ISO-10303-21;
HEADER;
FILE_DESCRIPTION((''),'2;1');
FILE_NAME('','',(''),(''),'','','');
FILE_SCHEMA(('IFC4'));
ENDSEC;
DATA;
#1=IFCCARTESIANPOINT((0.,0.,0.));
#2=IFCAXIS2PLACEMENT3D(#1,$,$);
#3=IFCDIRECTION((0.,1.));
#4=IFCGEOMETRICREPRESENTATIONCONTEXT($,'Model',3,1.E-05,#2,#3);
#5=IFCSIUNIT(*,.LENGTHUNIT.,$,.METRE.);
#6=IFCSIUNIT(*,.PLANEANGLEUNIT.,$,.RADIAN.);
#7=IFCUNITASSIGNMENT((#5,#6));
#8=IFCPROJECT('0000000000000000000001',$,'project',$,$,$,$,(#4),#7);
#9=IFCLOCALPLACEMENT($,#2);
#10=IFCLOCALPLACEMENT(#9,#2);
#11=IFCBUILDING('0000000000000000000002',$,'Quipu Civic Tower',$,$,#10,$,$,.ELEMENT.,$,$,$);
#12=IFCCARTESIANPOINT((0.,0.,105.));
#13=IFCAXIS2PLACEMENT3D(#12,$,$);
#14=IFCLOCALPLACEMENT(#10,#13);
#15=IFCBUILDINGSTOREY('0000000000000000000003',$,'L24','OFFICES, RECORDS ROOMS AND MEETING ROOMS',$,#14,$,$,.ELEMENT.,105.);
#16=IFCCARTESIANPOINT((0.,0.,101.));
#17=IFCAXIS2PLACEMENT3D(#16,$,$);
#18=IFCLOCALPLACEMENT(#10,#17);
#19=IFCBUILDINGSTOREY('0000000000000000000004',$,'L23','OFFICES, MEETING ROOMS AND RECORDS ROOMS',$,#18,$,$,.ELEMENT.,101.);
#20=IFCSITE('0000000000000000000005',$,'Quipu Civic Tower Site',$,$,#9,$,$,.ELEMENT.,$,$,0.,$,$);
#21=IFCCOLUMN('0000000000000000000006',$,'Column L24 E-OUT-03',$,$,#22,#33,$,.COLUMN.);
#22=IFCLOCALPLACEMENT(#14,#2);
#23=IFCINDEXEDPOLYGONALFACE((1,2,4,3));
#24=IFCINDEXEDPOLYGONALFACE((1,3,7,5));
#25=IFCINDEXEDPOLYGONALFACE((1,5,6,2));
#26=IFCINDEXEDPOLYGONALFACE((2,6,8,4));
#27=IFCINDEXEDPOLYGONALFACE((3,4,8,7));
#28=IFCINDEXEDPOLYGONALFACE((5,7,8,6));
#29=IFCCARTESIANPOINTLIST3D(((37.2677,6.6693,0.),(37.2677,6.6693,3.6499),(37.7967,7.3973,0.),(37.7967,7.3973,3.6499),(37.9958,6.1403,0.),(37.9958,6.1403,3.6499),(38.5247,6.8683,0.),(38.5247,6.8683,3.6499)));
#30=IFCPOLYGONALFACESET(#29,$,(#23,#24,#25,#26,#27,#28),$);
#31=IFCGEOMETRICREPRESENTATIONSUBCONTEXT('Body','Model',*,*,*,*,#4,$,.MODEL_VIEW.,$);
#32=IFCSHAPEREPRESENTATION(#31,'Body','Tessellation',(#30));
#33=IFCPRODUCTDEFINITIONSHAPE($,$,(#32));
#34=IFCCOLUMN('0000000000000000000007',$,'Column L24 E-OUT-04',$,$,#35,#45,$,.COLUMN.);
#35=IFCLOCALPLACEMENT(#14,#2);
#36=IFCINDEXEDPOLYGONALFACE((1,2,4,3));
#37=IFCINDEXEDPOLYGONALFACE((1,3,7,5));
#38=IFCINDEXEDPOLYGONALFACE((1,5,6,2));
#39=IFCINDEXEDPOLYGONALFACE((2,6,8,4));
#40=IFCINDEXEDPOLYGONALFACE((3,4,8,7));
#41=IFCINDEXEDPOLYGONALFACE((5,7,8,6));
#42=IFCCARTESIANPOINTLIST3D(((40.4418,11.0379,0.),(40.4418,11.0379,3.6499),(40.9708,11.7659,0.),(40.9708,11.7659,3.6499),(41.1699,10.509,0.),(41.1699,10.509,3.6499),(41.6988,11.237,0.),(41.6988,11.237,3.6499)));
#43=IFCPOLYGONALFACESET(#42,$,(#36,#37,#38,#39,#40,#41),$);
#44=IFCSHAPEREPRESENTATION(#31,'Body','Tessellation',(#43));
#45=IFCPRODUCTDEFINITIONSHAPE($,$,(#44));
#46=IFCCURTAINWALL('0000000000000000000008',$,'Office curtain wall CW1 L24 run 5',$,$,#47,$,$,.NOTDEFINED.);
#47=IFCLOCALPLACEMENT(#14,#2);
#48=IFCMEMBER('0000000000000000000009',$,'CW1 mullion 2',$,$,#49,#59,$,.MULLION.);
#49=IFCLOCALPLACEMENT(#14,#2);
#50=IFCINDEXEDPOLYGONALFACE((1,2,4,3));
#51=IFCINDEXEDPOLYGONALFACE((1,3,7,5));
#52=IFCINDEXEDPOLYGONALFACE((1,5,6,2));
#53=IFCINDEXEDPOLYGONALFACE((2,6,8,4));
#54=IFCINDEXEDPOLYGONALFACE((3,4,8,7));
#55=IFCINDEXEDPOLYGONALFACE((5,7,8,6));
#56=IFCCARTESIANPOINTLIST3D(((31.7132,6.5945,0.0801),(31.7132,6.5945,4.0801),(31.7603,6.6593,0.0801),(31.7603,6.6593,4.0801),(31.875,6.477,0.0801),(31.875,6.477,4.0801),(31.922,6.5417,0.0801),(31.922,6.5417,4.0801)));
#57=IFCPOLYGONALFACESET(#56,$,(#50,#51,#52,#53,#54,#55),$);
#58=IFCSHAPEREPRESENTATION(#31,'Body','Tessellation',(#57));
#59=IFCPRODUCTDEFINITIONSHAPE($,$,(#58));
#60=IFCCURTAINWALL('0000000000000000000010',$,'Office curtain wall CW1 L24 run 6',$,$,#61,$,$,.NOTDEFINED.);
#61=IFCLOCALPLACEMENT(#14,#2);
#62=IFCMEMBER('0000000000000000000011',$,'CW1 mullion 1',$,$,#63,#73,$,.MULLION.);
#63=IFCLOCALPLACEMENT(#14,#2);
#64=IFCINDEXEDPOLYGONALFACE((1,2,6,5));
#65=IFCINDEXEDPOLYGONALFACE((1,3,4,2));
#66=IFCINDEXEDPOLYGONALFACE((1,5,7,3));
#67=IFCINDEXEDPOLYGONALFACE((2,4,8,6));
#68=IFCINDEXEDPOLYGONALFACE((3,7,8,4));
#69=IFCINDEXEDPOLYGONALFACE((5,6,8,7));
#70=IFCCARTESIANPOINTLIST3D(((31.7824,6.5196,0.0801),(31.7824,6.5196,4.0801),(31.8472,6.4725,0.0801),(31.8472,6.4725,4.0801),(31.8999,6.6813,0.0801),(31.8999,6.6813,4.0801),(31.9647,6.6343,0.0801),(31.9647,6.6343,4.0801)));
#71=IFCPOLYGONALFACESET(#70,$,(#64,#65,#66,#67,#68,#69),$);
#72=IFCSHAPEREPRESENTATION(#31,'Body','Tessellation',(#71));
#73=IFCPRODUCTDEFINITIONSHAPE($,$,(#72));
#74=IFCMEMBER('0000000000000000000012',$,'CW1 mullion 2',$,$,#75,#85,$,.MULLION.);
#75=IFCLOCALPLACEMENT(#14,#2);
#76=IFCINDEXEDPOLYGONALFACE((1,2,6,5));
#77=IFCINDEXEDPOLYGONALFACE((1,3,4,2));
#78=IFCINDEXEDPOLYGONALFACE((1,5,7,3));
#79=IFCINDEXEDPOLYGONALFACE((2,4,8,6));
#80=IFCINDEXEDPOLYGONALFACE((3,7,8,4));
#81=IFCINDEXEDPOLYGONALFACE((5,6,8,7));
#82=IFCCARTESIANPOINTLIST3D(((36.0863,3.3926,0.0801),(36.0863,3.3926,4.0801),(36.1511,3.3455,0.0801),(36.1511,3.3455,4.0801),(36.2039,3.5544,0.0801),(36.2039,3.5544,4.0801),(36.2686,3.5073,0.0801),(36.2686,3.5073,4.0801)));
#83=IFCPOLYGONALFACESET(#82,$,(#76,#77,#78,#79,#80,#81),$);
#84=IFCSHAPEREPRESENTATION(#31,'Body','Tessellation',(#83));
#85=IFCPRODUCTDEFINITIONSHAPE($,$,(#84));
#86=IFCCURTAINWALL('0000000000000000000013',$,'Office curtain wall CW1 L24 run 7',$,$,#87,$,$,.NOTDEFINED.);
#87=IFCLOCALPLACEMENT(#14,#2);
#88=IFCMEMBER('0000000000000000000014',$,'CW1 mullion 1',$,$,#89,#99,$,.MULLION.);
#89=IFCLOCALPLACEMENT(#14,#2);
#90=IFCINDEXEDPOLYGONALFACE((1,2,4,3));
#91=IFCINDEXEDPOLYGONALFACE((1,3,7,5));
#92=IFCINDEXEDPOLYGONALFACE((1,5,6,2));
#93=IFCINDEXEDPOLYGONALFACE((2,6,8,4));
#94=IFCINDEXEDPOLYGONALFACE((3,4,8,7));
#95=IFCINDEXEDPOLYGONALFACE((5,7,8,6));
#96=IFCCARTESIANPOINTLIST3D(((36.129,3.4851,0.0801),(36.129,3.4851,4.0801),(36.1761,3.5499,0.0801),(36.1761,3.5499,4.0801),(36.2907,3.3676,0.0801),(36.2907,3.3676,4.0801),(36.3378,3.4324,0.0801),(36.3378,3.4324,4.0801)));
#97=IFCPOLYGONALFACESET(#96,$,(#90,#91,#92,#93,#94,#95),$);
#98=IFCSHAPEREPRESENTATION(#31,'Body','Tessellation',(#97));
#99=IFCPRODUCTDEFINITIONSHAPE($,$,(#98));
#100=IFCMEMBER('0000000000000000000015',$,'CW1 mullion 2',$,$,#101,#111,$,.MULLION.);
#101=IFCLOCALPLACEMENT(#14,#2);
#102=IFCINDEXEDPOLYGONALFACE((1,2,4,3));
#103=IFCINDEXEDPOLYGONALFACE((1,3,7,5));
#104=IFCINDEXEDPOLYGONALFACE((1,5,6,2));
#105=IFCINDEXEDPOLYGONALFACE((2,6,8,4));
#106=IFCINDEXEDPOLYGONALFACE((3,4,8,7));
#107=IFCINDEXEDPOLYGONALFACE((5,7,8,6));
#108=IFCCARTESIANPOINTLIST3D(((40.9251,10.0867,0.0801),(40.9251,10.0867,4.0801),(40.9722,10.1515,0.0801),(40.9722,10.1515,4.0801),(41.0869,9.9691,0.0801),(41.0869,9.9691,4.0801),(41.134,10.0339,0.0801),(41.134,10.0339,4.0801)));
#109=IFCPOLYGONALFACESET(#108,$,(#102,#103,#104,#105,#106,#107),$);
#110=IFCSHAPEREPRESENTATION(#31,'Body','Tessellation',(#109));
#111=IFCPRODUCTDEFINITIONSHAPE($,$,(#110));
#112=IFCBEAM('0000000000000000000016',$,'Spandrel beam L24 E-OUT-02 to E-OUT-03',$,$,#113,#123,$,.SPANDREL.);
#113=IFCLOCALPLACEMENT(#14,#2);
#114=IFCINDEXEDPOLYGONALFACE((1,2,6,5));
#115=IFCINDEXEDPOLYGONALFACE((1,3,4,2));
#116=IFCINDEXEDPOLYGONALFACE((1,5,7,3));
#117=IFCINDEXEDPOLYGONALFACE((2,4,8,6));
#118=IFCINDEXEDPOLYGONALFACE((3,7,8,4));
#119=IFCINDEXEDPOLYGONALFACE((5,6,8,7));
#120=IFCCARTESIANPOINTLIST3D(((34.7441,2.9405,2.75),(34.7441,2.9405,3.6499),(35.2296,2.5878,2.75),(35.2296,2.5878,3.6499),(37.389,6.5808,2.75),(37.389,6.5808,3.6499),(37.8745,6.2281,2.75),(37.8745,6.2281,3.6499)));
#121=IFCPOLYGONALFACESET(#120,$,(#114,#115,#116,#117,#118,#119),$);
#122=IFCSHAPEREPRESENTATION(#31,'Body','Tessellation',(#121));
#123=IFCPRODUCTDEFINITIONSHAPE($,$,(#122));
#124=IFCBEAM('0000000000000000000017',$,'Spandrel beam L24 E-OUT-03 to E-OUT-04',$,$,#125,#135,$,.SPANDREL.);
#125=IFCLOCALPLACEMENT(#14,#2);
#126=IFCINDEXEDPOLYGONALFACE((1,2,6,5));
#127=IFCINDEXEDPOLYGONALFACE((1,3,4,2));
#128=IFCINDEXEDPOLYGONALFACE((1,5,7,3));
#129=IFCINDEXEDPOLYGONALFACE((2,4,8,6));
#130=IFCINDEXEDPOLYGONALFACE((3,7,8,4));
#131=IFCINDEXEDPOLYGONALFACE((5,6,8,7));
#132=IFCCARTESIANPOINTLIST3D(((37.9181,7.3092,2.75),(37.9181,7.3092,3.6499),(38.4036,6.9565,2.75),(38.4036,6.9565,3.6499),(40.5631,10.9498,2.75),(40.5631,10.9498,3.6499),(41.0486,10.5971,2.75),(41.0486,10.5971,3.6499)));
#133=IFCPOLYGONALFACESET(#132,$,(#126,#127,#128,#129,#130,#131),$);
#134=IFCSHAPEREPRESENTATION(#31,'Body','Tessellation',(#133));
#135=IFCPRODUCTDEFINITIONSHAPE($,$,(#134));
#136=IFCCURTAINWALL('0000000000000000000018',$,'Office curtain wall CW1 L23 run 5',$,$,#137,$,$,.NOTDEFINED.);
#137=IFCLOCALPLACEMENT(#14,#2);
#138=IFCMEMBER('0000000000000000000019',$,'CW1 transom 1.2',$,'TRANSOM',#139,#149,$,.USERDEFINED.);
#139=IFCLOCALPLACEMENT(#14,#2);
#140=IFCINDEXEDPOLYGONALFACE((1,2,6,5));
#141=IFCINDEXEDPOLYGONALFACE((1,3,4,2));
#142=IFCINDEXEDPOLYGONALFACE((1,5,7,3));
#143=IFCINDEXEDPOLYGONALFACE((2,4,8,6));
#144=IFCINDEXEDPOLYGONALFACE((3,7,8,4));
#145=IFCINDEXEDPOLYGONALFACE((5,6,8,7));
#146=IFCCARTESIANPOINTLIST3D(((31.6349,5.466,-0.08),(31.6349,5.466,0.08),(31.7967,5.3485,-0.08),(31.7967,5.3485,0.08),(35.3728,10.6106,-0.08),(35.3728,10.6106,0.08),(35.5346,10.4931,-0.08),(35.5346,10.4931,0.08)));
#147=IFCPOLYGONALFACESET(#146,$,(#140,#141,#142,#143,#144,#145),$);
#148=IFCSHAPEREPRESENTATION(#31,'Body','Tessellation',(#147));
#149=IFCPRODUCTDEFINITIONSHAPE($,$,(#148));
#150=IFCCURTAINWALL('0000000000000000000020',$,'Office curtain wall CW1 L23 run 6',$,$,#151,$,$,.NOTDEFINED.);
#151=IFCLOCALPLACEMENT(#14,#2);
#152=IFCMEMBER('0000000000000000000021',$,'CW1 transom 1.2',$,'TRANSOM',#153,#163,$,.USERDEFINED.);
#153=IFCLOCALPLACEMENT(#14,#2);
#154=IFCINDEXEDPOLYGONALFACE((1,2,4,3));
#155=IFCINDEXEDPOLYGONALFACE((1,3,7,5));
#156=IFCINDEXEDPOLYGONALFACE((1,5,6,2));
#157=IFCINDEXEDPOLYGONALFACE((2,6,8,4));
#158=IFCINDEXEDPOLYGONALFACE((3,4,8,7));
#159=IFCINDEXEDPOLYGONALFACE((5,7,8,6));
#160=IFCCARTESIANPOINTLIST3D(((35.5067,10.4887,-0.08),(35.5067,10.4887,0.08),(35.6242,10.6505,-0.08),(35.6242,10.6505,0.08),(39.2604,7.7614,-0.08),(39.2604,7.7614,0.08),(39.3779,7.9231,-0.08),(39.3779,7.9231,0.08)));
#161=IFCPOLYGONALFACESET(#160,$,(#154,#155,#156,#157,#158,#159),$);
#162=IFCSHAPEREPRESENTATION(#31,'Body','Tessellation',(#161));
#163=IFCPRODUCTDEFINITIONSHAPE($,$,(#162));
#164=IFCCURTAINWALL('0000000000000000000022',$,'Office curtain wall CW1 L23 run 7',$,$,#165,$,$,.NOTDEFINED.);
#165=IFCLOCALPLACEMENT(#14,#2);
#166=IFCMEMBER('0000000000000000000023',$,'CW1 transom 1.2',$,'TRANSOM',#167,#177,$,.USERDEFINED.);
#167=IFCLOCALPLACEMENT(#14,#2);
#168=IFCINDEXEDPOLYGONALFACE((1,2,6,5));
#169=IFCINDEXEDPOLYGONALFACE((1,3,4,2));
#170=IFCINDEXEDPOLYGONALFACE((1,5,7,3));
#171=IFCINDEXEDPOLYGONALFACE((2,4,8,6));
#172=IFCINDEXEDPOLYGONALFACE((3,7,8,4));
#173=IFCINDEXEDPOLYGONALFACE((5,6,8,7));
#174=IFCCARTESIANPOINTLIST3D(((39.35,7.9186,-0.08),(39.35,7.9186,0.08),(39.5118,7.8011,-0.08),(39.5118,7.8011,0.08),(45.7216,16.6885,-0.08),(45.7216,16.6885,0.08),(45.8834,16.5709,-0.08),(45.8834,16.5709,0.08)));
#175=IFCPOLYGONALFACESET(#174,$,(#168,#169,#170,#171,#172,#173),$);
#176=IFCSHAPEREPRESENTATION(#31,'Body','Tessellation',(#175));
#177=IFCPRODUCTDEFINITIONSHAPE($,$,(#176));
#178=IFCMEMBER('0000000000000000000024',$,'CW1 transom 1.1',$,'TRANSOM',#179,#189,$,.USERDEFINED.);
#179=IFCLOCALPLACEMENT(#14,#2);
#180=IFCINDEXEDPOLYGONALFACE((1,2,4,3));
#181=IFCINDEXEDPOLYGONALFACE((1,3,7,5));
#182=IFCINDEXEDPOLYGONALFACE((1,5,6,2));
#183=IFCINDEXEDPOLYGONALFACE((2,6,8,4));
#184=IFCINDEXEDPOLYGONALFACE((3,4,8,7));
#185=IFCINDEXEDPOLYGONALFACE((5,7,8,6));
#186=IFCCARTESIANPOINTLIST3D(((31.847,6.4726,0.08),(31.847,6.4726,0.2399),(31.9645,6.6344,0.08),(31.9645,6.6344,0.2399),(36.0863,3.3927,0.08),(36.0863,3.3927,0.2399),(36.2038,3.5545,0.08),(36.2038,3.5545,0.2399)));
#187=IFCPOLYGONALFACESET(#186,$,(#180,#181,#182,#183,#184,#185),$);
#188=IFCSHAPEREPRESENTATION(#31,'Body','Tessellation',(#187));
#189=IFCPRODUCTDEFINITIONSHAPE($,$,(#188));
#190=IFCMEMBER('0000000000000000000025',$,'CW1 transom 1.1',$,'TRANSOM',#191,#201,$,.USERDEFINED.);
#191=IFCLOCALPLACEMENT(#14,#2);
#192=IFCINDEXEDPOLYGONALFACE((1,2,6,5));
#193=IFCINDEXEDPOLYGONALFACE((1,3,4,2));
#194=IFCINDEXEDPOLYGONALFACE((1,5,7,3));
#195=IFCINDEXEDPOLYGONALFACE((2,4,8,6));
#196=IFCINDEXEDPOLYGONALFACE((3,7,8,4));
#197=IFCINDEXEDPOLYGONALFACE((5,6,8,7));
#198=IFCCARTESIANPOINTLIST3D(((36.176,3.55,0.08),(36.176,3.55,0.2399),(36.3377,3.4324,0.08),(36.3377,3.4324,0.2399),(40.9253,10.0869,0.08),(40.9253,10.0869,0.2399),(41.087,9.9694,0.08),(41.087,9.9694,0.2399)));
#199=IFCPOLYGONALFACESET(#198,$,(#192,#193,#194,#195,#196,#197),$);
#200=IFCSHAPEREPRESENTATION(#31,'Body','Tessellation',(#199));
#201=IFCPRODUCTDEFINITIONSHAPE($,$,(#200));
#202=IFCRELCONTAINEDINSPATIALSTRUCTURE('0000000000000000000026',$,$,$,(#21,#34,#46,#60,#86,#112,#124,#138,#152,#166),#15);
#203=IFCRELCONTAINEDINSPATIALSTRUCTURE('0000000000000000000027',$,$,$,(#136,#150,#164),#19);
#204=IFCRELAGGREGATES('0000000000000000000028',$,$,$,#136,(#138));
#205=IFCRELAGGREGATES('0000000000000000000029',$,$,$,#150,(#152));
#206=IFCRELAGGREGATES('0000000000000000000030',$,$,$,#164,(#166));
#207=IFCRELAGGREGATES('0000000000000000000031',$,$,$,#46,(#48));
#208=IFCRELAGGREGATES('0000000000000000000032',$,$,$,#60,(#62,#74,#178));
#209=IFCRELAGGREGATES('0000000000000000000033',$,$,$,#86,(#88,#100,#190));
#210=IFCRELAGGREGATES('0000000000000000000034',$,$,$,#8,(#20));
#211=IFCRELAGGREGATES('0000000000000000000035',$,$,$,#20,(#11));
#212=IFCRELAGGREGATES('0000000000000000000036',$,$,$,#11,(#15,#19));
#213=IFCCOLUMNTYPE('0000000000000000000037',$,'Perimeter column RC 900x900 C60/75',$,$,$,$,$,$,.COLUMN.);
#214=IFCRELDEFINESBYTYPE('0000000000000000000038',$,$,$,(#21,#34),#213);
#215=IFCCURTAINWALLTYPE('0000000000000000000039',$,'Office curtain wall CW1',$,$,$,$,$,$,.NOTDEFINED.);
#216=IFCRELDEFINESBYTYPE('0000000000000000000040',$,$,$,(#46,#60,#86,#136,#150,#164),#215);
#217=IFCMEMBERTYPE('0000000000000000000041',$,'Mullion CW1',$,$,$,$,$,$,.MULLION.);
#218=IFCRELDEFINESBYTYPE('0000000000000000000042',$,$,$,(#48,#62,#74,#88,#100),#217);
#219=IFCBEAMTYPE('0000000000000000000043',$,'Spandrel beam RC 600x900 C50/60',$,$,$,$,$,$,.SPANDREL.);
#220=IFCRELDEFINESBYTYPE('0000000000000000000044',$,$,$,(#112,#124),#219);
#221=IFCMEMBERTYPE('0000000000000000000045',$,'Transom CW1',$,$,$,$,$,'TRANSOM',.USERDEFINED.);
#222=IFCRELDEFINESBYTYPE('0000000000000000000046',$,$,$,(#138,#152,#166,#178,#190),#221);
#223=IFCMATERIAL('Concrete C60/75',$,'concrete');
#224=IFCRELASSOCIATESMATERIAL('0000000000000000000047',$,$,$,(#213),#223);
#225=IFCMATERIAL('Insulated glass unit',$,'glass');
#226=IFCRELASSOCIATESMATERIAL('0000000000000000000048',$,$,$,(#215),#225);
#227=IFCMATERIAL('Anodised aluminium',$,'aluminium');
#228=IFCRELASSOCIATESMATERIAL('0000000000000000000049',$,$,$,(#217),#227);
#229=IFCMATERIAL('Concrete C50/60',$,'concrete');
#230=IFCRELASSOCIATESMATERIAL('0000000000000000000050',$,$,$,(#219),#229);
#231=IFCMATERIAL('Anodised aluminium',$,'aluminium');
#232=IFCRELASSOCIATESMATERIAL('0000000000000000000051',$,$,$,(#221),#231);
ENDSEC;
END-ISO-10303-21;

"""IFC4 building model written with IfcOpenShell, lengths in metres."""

from ifc_helpers import new_model, si_unit, direction, frame, origin, origin_2d, place, context, subcontext, project, spatial, rectangle, extrude, material, material_profile, profile_set, type_object, element, aggregate, save


model = new_model("IFC4")

# Units and contexts
model_context = context("Model", 3, precision=1e-05, world=origin(), true_north=direction((0.0, 1.0)))
body_context = subcontext(model_context, "Body", "Model", "MODEL_VIEW")
ifc_project = project(units=[si_unit("LENGTHUNIT", "METRE"), si_unit("PLANEANGLEUNIT", "RADIAN")], contexts=[model_context])

# Site, building, storey
site_placement = place(None, origin())
site = spatial("IfcSite", under=ifc_project, at=site_placement, Name="Quipu Civic Tower Site", CompositionType="ELEMENT", RefElevation=0.0)
building_placement = place(site_placement, origin())
building = spatial("IfcBuilding", under=site, at=building_placement, Name="Quipu Civic Tower", CompositionType="ELEMENT")
storey_1_placement = place(building_placement, frame((0.0, 0.0, 105.0)))
storey_1 = spatial("IfcBuildingStorey", under=building, at=storey_1_placement, Name="L24", Description="OFFICES, RECORDS ROOMS AND MEETING ROOMS", CompositionType="ELEMENT", Elevation=105.0)

# Columns
ifc_material_1 = material(Name="Concrete C60/75", Category="concrete")
ifc_material_profile_1 = material_profile(ifc_material_1, rectangle(XDim=0.8999, YDim=0.8999, at=origin_2d()), Name="RC900x900")
ifc_profile_set_1 = profile_set([ifc_material_profile_1], Name="Concrete C60/75")
column_type = type_object("IfcColumnType", Name="Perimeter column RC 900x900 C60/75", PredefinedType="COLUMN", material=ifc_profile_set_1)
for number, where, z_axis, x_axis, name in (
    (1, (37.8962, 6.7688, 0.0), (0.0, 0.0, 1.0), (0.587785, 0.809017, 0.0), "Column L24 E-OUT-03"),
    (2, (41.0703, 11.1375, 0.0), (0.0, 0.0, 1.0), (0.587785, 0.809017, 0.0), "Column L24 E-OUT-04"),
):
    element("IfcColumn", number, at=place(storey_1_placement, frame(where, z_axis=z_axis, x_axis=x_axis)), inside=storey_1, type_object=column_type, Name=name, PredefinedType="COLUMN", context=body_context, shape_type="SweptSolid", body=[
        extrude(rectangle(XDim=0.8999, YDim=0.8999, at=origin_2d()), origin(), (0.0, 0.0, 1.0), 3.6499),
    ])

# Curtain wall, member
ifc_material_2 = material(Name="Insulated glass unit", Category="glass")
curtain_wall_type = type_object("IfcCurtainWallType", Name="Office curtain wall CW1", PredefinedType="NOTDEFINED", material=ifc_material_2)
curtain_wall_1_placement = place(storey_1_placement, origin())
curtain_wall_1 = element("IfcCurtainWall", 3, at=curtain_wall_1_placement, inside=storey_1, type_object=curtain_wall_type, Name="Office curtain wall CW1 L24 run 5", PredefinedType="NOTDEFINED")
ifc_material_3 = material(Name="Anodised aluminium", Category="aluminium")
ifc_material_profile_2 = material_profile(ifc_material_3, rectangle(XDim=0.2, YDim=0.0801, at=origin_2d()), Name="RECT 200x80")
ifc_profile_set_2 = profile_set([ifc_material_profile_2], Name="Anodised aluminium")
member_type_1 = type_object("IfcMemberType", Name="Mullion CW1", PredefinedType="MULLION", material=ifc_profile_set_2)
member_1_placement = place(storey_1_placement, frame((31.8176, 6.5681, 0.0801), z_axis=(0.0, 0.0, 1.0), x_axis=(-0.809022, 0.587778, 0.0)))
member_1 = element("IfcMember", 4, at=member_1_placement, type_object=member_type_1, Name="CW1 mullion 2", PredefinedType="MULLION", context=body_context, shape_type="SweptSolid", body=[
    extrude(rectangle(XDim=0.2, YDim=0.0801, at=origin_2d()), origin(), (0.0, 0.0, 1.0), 4.0),
])

# Curtain walls, members
curtain_wall_2_placement = place(storey_1_placement, origin())
curtain_wall_2 = element("IfcCurtainWall", 5, at=curtain_wall_2_placement, inside=storey_1, type_object=curtain_wall_type, Name="Office curtain wall CW1 L24 run 6", PredefinedType="NOTDEFINED")
member_2_placement = place(storey_1_placement, frame((31.8735, 6.5769, 0.0801), z_axis=(0.0, 0.0, 1.0), x_axis=(0.58778, 0.809021, 0.0)))
member_2 = element("IfcMember", 6, at=member_2_placement, type_object=member_type_1, Name="CW1 mullion 1", PredefinedType="MULLION", context=body_context, shape_type="SweptSolid", body=[
    extrude(rectangle(XDim=0.2, YDim=0.0801, at=origin_2d()), origin(), (0.0, 0.0, 1.0), 4.0),
])
member_3_placement = place(storey_1_placement, frame((36.1775, 3.45, 0.0801), z_axis=(0.0, 0.0, 1.0), x_axis=(0.58778, 0.809021, 0.0)))
member_3 = element("IfcMember", 7, at=member_3_placement, type_object=member_type_1, Name="CW1 mullion 2", PredefinedType="MULLION", context=body_context, shape_type="SweptSolid", body=[
    extrude(rectangle(XDim=0.2, YDim=0.0801, at=origin_2d()), origin(), (0.0, 0.0, 1.0), 4.0),
])
curtain_wall_3_placement = place(storey_1_placement, origin())
curtain_wall_3 = element("IfcCurtainWall", 8, at=curtain_wall_3_placement, inside=storey_1, type_object=curtain_wall_type, Name="Office curtain wall CW1 L24 run 7", PredefinedType="NOTDEFINED")
member_4_placement = place(storey_1_placement, frame((36.2334, 3.4587, 0.0801), z_axis=(0.0, 0.0, 1.0), x_axis=(-0.809015, 0.587788, 0.0)))
member_4 = element("IfcMember", 9, at=member_4_placement, type_object=member_type_1, Name="CW1 mullion 1", PredefinedType="MULLION", context=body_context, shape_type="SweptSolid", body=[
    extrude(rectangle(XDim=0.2, YDim=0.0801, at=origin_2d()), origin(), (0.0, 0.0, 1.0), 4.0),
])
member_5_placement = place(storey_1_placement, frame((41.0295, 10.0603, 0.0801), z_axis=(0.0, 0.0, 1.0), x_axis=(-0.809015, 0.587788, 0.0)))
member_5 = element("IfcMember", 10, at=member_5_placement, type_object=member_type_1, Name="CW1 mullion 2", PredefinedType="MULLION", context=body_context, shape_type="SweptSolid", body=[
    extrude(rectangle(XDim=0.2, YDim=0.0801, at=origin_2d()), origin(), (0.0, 0.0, 1.0), 4.0),
])

# Beams
ifc_material_4 = material(Name="Concrete C50/60", Category="concrete")
ifc_material_profile_3 = material_profile(ifc_material_4, rectangle(XDim=0.6001, YDim=0.8999, at=origin_2d()), Name="RC600x900")
ifc_profile_set_3 = profile_set([ifc_material_profile_3], Name="Concrete C50/60")
beam_type = type_object("IfcBeamType", Name="Spandrel beam RC 600x900 C50/60", PredefinedType="SPANDREL", material=ifc_profile_set_3)
beam_1_placement = place(storey_1_placement, frame((34.9868, 2.7642, 3.2), z_axis=(0.587804, 0.809003, 0.0), x_axis=(-0.809003, 0.587804, 0.0)))
element("IfcBeam", 11, at=beam_1_placement, inside=storey_1, type_object=beam_type, Name="Spandrel beam L24 E-OUT-02 to E-OUT-03", PredefinedType="SPANDREL", context=body_context, shape_type="SweptSolid", body=[
    extrude(rectangle(XDim=0.6001, YDim=0.8999, at=origin_2d()), origin(), (0.0, 0.0, 1.0), 4.4998),
])
beam_2_placement = place(storey_1_placement, frame((38.1609, 7.1328, 3.2), z_axis=(0.587778, 0.809022, 0.0), x_axis=(-0.809022, 0.587778, 0.0)))
element("IfcBeam", 12, at=beam_2_placement, inside=storey_1, type_object=beam_type, Name="Spandrel beam L24 E-OUT-03 to E-OUT-04", PredefinedType="SPANDREL", context=body_context, shape_type="SweptSolid", body=[
    extrude(rectangle(XDim=0.6001, YDim=0.8999, at=origin_2d()), origin(), (0.0, 0.0, 1.0), 4.5),
])

# Shared definitions
storey_2_placement = place(building_placement, frame((0.0, 0.0, 101.0)))
storey_2 = spatial("IfcBuildingStorey", under=building, at=storey_2_placement, Name="L23", Description="OFFICES, MEETING ROOMS AND RECORDS ROOMS", CompositionType="ELEMENT", Elevation=101.0)

# Curtain walls, members
curtain_wall_4_placement = place(storey_2_placement, origin())
curtain_wall_4 = element("IfcCurtainWall", 13, at=curtain_wall_4_placement, inside=storey_2, type_object=curtain_wall_type, Name="Office curtain wall CW1 L23 run 5", PredefinedType="NOTDEFINED")
ifc_material_5 = material(Name="Anodised aluminium", Category="aluminium")
ifc_material_profile_4 = material_profile(ifc_material_5, rectangle(XDim=0.2, YDim=0.1599, at=origin_2d()), Name="RECT 200x160")
ifc_profile_set_4 = profile_set([ifc_material_profile_4], Name="Anodised aluminium")
member_type_2 = type_object("IfcMemberType", Name="Transom CW1", ElementType="TRANSOM", PredefinedType="USERDEFINED", material=ifc_profile_set_4)
member_6_placement = place(storey_1_placement, frame((31.7158, 5.4072, 0.0), z_axis=(0.587793, 0.809012, 0.0), x_axis=(-0.809012, 0.587793, 0.0)))
member_6 = element("IfcMember", 14, at=member_6_placement, inside=storey_1, type_object=member_type_2, Name="CW1 transom 1.2", ObjectType="TRANSOM", PredefinedType="USERDEFINED", context=body_context, shape_type="SweptSolid", body=[
    extrude(rectangle(XDim=0.2, YDim=0.1599, at=origin_2d()), origin(), (0.0, 0.0, 1.0), 6.3591),
])
aggregate(curtain_wall_4, [member_6])
curtain_wall_5_placement = place(storey_2_placement, origin())
curtain_wall_5 = element("IfcCurtainWall", 15, at=curtain_wall_5_placement, inside=storey_2, type_object=curtain_wall_type, Name="Office curtain wall CW1 L23 run 6", PredefinedType="NOTDEFINED")
member_7_placement = place(storey_1_placement, frame((35.5654, 10.5696, 0.0), z_axis=(0.809007, -0.587799, 0.0), x_axis=(0.587799, 0.809007, 0.0)))
member_7 = element("IfcMember", 16, at=member_7_placement, inside=storey_1, type_object=member_type_2, Name="CW1 transom 1.2", ObjectType="TRANSOM", PredefinedType="USERDEFINED", context=body_context, shape_type="SweptSolid", body=[
    extrude(rectangle(XDim=0.2, YDim=0.1599, at=origin_2d()), origin(), (0.0, 0.0, 1.0), 4.6399),
])
aggregate(curtain_wall_5, [member_7])
curtain_wall_6_placement = place(storey_2_placement, origin())
curtain_wall_6 = element("IfcCurtainWall", 17, at=curtain_wall_6_placement, inside=storey_2, type_object=curtain_wall_type, Name="Office curtain wall CW1 L23 run 7", PredefinedType="NOTDEFINED")
member_8_placement = place(storey_1_placement, frame((39.4309, 7.8599, 0.0), z_axis=(0.587783, 0.809018, 0.0), x_axis=(-0.809018, 0.587783, 0.0)))
member_8 = element("IfcMember", 18, at=member_8_placement, inside=storey_1, type_object=member_type_2, Name="CW1 transom 1.2", ObjectType="TRANSOM", PredefinedType="USERDEFINED", context=body_context, shape_type="SweptSolid", body=[
    extrude(rectangle(XDim=0.2, YDim=0.1599, at=origin_2d()), origin(), (0.0, 0.0, 1.0), 10.8401),
])
aggregate(curtain_wall_6, [member_8])

# Members
member_9_placement = place(storey_1_placement, frame((31.9058, 6.5535, 0.1599), z_axis=(0.809032, -0.587764, 0.0), x_axis=(0.587764, 0.809032, 0.0)))
member_9 = element("IfcMember", 19, at=member_9_placement, type_object=member_type_2, Name="CW1 transom 1.1", ObjectType="TRANSOM", PredefinedType="USERDEFINED", context=body_context, shape_type="SweptSolid", body=[
    extrude(rectangle(XDim=0.2, YDim=0.1599, at=origin_2d()), origin(), (0.0, 0.0, 1.0), 5.24),
])
member_10_placement = place(storey_1_placement, frame((36.2568, 3.4912, 0.1599), z_axis=(0.587782, 0.80902, 0.0), x_axis=(-0.80902, 0.587782, 0.0)))
member_10 = element("IfcMember", 20, at=member_10_placement, type_object=member_type_2, Name="CW1 transom 1.1", ObjectType="TRANSOM", PredefinedType="USERDEFINED", context=body_context, shape_type="SweptSolid", body=[
    extrude(rectangle(XDim=0.2, YDim=0.1599, at=origin_2d()), origin(), (0.0, 0.0, 1.0), 8.0801),
])

aggregate(curtain_wall_1, [member_1])
aggregate(curtain_wall_2, [member_2, member_3, member_9])
aggregate(curtain_wall_3, [member_4, member_5, member_10])

save(model, "model.ifc")
